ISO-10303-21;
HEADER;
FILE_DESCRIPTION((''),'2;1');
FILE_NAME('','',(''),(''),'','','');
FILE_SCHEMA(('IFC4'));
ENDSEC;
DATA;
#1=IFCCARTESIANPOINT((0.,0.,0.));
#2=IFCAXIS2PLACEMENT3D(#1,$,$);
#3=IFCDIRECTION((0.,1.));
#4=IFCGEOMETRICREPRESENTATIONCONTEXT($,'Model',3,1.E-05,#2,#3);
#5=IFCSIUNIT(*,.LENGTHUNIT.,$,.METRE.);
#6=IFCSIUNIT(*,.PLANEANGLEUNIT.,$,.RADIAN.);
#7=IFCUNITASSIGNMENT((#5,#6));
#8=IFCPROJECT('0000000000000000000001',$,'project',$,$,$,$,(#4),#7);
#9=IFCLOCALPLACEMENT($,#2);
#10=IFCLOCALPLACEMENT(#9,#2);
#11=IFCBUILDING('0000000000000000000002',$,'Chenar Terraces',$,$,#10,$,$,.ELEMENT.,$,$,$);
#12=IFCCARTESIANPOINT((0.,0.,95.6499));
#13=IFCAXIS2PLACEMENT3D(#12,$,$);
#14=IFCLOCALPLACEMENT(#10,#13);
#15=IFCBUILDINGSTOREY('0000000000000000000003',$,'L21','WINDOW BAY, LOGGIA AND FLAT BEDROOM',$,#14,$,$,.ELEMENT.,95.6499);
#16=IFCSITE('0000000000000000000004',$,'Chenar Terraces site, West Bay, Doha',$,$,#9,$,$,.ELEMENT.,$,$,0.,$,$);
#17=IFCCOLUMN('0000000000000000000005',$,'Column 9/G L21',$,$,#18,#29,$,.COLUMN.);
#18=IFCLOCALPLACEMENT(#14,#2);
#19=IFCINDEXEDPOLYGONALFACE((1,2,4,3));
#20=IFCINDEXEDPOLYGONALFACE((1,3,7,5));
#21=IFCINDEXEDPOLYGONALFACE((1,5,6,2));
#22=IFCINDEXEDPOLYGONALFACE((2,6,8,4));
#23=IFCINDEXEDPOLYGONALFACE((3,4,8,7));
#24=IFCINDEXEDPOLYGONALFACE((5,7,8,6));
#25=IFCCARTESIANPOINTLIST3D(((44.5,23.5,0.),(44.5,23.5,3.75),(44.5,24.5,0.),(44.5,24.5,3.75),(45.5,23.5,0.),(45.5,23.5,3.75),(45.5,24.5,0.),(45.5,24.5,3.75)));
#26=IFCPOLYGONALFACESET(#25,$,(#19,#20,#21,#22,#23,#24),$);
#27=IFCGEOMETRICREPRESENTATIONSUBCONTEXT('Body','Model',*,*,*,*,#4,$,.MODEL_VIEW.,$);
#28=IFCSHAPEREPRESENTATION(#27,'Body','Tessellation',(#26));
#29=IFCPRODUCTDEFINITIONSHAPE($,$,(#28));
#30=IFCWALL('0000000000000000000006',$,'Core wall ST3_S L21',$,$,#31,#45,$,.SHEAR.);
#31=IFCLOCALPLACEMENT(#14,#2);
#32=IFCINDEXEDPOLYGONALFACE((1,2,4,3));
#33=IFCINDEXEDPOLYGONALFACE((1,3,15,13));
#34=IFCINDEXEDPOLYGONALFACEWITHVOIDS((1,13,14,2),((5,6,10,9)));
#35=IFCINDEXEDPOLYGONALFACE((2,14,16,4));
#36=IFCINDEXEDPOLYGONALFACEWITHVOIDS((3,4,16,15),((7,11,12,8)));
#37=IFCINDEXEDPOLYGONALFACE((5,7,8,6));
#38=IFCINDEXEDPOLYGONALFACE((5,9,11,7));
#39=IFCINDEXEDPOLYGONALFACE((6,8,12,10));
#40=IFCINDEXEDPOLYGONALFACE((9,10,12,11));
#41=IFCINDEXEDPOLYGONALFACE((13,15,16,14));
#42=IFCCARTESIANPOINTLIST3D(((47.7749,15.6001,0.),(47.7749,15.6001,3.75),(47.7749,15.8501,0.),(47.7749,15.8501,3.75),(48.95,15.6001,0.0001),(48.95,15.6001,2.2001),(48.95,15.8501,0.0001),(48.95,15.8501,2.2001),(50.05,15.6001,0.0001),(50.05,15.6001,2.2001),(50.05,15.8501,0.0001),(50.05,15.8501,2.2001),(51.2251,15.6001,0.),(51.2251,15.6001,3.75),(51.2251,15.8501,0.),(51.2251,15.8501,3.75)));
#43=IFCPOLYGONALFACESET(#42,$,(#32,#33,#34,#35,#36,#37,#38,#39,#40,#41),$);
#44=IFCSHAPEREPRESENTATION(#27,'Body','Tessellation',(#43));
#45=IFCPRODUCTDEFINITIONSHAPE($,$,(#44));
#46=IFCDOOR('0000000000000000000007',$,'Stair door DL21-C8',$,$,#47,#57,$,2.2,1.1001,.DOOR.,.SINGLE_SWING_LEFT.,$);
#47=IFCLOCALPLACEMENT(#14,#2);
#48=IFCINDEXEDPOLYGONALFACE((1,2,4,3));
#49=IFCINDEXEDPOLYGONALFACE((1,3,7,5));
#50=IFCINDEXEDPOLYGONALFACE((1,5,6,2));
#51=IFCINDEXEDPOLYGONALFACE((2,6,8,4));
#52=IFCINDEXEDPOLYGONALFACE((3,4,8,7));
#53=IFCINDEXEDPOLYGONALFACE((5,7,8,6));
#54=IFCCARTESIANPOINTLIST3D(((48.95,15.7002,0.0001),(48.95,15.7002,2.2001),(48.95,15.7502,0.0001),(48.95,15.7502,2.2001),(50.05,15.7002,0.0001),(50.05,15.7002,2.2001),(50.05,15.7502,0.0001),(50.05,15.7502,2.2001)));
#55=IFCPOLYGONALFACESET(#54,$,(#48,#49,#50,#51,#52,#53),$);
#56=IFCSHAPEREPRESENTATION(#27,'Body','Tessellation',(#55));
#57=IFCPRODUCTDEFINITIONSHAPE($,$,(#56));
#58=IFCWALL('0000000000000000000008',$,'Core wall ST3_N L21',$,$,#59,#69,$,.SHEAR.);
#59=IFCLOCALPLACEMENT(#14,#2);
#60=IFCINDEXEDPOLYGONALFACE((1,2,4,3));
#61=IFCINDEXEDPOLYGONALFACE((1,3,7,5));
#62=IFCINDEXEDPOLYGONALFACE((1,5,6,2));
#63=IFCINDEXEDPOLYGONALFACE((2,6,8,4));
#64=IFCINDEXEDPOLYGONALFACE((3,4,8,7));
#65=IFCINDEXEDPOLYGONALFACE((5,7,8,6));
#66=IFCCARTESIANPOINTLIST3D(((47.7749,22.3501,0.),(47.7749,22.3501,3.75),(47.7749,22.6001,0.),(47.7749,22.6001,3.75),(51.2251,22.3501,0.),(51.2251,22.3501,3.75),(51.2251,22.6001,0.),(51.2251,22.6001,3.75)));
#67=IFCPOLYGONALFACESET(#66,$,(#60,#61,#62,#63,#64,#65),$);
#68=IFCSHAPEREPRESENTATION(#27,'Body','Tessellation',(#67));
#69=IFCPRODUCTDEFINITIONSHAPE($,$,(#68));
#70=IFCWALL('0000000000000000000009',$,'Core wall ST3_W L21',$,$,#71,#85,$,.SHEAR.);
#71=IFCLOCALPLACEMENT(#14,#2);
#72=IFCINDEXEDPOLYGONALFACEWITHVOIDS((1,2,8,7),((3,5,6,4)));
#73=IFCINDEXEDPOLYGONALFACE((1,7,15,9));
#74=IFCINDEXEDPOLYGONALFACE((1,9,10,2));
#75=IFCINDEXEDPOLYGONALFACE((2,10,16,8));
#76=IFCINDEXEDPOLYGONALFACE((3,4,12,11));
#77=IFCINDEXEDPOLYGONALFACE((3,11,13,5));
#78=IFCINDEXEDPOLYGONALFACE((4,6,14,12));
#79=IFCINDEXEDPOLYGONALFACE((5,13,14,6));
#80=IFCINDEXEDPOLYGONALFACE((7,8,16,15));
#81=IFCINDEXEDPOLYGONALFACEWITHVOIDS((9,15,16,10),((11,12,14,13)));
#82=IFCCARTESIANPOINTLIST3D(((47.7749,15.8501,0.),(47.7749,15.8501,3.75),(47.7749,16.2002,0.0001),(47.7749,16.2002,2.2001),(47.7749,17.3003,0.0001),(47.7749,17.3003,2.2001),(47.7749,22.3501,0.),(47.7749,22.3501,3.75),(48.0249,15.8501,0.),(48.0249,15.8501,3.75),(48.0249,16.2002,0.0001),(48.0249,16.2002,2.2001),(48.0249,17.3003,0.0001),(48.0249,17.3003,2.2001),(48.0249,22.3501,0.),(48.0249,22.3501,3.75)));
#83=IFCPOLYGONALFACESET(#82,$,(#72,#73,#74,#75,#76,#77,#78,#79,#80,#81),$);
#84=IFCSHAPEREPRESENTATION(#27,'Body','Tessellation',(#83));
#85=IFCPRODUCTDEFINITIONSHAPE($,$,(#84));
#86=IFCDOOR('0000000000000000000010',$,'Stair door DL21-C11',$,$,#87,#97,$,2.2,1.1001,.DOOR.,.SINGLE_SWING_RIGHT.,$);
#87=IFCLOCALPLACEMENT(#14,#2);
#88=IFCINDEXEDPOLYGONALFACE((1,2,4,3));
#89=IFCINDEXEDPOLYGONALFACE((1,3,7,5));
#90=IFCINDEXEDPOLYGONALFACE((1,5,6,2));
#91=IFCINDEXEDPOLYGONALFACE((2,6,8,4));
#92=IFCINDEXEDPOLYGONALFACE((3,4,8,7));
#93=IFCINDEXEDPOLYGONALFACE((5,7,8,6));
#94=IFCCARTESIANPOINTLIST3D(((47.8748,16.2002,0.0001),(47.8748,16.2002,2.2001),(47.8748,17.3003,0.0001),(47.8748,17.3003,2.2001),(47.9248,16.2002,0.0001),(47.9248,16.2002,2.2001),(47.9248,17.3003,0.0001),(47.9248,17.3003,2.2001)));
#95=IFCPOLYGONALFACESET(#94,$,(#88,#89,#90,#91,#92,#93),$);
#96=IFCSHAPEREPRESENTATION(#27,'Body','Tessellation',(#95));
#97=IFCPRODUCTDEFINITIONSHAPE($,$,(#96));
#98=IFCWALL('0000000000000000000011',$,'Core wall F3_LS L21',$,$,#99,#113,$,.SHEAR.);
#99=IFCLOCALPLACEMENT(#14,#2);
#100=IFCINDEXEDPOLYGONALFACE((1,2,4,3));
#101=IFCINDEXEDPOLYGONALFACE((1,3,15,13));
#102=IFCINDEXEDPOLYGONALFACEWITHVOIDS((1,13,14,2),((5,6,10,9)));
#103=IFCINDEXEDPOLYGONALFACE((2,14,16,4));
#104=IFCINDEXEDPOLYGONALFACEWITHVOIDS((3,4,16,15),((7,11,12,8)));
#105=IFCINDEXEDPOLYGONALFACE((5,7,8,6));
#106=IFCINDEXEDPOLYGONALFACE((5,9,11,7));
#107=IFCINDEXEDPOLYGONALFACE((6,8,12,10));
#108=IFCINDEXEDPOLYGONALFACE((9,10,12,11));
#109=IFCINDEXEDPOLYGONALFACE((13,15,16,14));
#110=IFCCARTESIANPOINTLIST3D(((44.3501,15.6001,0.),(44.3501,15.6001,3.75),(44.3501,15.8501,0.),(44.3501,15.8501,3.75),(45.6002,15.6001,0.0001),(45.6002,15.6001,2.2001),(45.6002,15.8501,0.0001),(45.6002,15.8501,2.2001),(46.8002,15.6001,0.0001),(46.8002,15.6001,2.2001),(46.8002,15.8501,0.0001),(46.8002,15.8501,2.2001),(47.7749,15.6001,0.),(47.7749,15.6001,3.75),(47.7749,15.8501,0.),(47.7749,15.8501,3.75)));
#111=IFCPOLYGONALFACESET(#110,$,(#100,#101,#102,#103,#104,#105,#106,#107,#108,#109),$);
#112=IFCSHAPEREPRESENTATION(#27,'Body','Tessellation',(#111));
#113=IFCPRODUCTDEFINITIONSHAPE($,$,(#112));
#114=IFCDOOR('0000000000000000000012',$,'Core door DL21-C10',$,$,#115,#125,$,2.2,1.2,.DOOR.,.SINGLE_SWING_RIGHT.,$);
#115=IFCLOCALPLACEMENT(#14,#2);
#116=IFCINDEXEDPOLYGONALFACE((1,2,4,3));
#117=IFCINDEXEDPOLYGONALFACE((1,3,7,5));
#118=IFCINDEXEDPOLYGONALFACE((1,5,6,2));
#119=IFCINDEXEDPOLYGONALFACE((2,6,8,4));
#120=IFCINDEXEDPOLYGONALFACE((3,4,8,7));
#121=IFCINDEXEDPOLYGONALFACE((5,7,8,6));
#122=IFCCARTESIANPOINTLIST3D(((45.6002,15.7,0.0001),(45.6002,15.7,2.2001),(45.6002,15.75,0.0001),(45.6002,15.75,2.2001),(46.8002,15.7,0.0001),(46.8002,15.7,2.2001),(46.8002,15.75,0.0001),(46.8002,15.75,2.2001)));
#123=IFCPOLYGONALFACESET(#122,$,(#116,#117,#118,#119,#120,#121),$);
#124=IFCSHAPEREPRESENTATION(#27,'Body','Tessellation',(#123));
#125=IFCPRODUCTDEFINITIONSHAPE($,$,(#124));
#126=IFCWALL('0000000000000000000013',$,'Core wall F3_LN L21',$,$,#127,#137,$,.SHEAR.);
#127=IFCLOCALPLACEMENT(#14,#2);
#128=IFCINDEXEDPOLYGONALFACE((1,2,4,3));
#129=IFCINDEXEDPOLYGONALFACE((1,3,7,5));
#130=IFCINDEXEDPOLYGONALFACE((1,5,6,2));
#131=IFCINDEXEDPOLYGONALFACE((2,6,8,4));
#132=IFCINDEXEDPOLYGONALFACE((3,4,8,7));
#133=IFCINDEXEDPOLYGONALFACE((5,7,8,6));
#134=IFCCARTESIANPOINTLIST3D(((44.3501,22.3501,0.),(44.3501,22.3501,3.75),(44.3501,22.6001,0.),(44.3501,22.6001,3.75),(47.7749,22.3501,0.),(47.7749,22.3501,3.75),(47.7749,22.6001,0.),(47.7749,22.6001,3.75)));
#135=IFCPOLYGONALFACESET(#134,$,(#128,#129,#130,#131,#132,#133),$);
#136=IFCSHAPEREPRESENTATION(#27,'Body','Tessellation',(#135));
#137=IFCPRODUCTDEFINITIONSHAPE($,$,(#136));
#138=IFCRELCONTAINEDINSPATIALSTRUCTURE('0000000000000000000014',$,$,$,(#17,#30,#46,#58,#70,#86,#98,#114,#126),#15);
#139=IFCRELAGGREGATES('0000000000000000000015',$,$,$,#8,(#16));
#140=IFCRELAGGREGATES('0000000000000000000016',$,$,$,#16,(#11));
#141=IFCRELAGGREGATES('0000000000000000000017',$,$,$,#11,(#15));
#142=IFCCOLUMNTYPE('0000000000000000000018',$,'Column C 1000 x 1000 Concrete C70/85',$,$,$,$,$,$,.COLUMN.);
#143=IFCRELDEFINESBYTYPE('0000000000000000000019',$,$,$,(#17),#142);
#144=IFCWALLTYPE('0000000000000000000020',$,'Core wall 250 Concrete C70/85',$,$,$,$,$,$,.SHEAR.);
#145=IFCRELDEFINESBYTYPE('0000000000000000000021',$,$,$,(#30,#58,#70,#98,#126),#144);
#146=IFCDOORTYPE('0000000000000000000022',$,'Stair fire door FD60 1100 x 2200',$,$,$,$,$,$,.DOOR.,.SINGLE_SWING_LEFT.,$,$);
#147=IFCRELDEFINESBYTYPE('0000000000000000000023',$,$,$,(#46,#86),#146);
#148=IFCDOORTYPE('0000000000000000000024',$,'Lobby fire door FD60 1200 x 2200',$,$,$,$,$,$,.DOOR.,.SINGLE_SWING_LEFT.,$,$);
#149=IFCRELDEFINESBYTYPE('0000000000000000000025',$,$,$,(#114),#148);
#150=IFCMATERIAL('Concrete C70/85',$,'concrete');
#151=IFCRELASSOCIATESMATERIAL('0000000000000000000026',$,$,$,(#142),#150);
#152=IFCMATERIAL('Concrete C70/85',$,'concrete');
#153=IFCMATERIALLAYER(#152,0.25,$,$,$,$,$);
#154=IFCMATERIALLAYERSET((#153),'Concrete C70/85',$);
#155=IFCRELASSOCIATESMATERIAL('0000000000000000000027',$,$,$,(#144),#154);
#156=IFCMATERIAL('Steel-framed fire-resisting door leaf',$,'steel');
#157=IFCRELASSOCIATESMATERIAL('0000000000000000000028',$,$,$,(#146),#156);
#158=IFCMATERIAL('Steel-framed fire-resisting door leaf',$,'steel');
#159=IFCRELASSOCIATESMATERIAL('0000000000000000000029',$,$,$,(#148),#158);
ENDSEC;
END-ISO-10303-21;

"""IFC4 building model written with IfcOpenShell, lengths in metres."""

from ifc_helpers import new_model, si_unit, direction, frame, frame_2d, origin, origin_2d, place, context, subcontext, project, spatial, rectangle, extrude, material, layer, layer_set, material_profile, profile_set, type_object, element, fill, save


model = new_model("IFC4")

# Units and contexts
model_context = context("Model", 3, precision=1e-05, world=origin(), true_north=direction((0.0, 1.0)))
body_context = subcontext(model_context, "Body", "Model", "MODEL_VIEW")
ifc_project = project(units=[si_unit("LENGTHUNIT", "METRE"), si_unit("PLANEANGLEUNIT", "RADIAN")], contexts=[model_context])

# Site, building, storey
site_placement = place(None, origin())
site = spatial("IfcSite", under=ifc_project, at=site_placement, Name="Chenar Terraces site, West Bay, Doha", CompositionType="ELEMENT", RefElevation=0.0)
building_placement = place(site_placement, origin())
building = spatial("IfcBuilding", under=site, at=building_placement, Name="Chenar Terraces", CompositionType="ELEMENT")
storey_placement = place(building_placement, frame((0.0, 0.0, 95.6499)))
storey = spatial("IfcBuildingStorey", under=building, at=storey_placement, Name="L21", Description="WINDOW BAY, LOGGIA AND FLAT BEDROOM", CompositionType="ELEMENT", Elevation=95.6499)

# Column
ifc_material_1 = material(Name="Concrete C70/85", Category="concrete")
ifc_material_profile = material_profile(ifc_material_1, rectangle(XDim=1.0, YDim=1.0, at=origin_2d()), Name="C 1000 x 1000")
ifc_profile_set = profile_set([ifc_material_profile], Name="Concrete C70/85")
column_type = type_object("IfcColumnType", Name="Column C 1000 x 1000 Concrete C70/85", PredefinedType="COLUMN", material=ifc_profile_set)
column_placement = place(storey_placement, frame((45.0, 24.0, 0.0), z_axis=(0.0, 0.0, 1.0), x_axis=(1.0, 0.0, 0.0)))
element("IfcColumn", 1, at=column_placement, inside=storey, type_object=column_type, Name="Column 9/G L21", PredefinedType="COLUMN", context=body_context, shape_type="SweptSolid", body=[
    extrude(rectangle(XDim=1.0, YDim=1.0, at=origin_2d()), origin(), (0.0, 0.0, 1.0), 3.75),
])

# Wall, opening, door
ifc_material_2 = material(Name="Concrete C70/85", Category="concrete")
ifc_layer_1 = layer(ifc_material_2, 0.25)
ifc_layer_set_1 = layer_set([ifc_layer_1], Name="Concrete C70/85")
wall_type_1 = type_object("IfcWallType", Name="Core wall 250 Concrete C70/85", PredefinedType="SHEAR", material=ifc_layer_set_1)
wall_1_placement = place(storey_placement, frame((47.7749, 15.7251, 0.0), z_axis=(0.0, 0.0, 1.0), x_axis=(1.0, 0.0, 0.0)))
wall_1 = element("IfcWall", 2, at=wall_1_placement, inside=storey, type_object=wall_type_1, Name="Core wall ST3_S L21", PredefinedType="SHEAR", context=body_context, shape_type="SweptSolid", body=[
    extrude(rectangle(XDim=3.4502, YDim=0.25, at=frame_2d((1.7251, 0.0))), origin(), (0.0, 0.0, 1.0), 3.75),
])
opening_1_placement = place(wall_1_placement, frame((1.175, 0.0, 0.0)))
opening_1 = element("IfcOpeningElement", 3, at=opening_1_placement, cuts=wall_1, PredefinedType="OPENING", context=body_context, shape_type="SweptSolid", body=[
    extrude(rectangle(XDim=1.1001, YDim=2.2, at=frame_2d((0.55, 1.1001))), frame((0.0, 0.135, 0.0), z_axis=(0.0, -1.0, 0.0), x_axis=(1.0, 0.0, 0.0)), (0.0, 0.0, 1.0), 0.27),
])
ifc_material_3 = material(Name="Steel-framed fire-resisting door leaf", Category="steel")
door_type_1 = type_object("IfcDoorType", Name="Stair fire door FD60 1100 x 2200", OperationType="SINGLE_SWING_LEFT", PredefinedType="DOOR", material=ifc_material_3)
door_1_placement = place(opening_1_placement, frame((1.1001, 0.0, 0.0), z_axis=(0.0, 0.0, 1.0), x_axis=(-1.0, 0.0, 0.0)))
door_1 = element("IfcDoor", 4, at=door_1_placement, inside=storey, type_object=door_type_1, Name="Stair door DL21-C8", OperationType="SINGLE_SWING_LEFT", OverallHeight=2.2, OverallWidth=1.1001, PredefinedType="DOOR", context=body_context, shape_type="SweptSolid", body=[
    extrude(rectangle(XDim=1.1001, YDim=2.2, at=frame_2d((0.55, 1.1001))), frame((0.0, 0.0249, 0.0), z_axis=(0.0, -1.0, 0.0), x_axis=(1.0, 0.0, 0.0)), (0.0, 0.0, 1.0), 0.05),
])
fill(opening_1, door_1)

# Wall
wall_2_placement = place(storey_placement, frame((47.7749, 22.4751, 0.0), z_axis=(0.0, 0.0, 1.0), x_axis=(1.0, 0.0, 0.0)))
element("IfcWall", 5, at=wall_2_placement, inside=storey, type_object=wall_type_1, Name="Core wall ST3_N L21", PredefinedType="SHEAR", context=body_context, shape_type="SweptSolid", body=[
    extrude(rectangle(XDim=3.4502, YDim=0.25, at=frame_2d((1.7251, 0.0))), origin(), (0.0, 0.0, 1.0), 3.75),
])

# Walls, openings, doors
wall_3_placement = place(storey_placement, frame((47.8999, 15.8501, 0.0), z_axis=(0.0, 0.0, 1.0), x_axis=(0.0, 1.0, 0.0)))
wall_3 = element("IfcWall", 6, at=wall_3_placement, inside=storey, type_object=wall_type_1, Name="Core wall ST3_W L21", PredefinedType="SHEAR", context=body_context, shape_type="SweptSolid", body=[
    extrude(rectangle(XDim=6.5, YDim=0.25, at=frame_2d((3.25, 0.0))), origin(), (0.0, 0.0, 1.0), 3.75),
])
opening_2_placement = place(wall_3_placement, frame((0.3501, 0.0, 0.0)))
opening_2 = element("IfcOpeningElement", 7, at=opening_2_placement, cuts=wall_3, PredefinedType="OPENING", context=body_context, shape_type="SweptSolid", body=[
    extrude(rectangle(XDim=1.1001, YDim=2.2, at=frame_2d((0.55, 1.1001))), frame((0.0, 0.135, 0.0), z_axis=(0.0, -1.0, 0.0), x_axis=(1.0, 0.0, 0.0)), (0.0, 0.0, 1.0), 0.27),
])
door_2_placement = place(opening_2_placement, frame((1.1001, 0.0, 0.0), z_axis=(0.0, 0.0, 1.0), x_axis=(-1.0, 0.0, 0.0)))
door_2 = element("IfcDoor", 8, at=door_2_placement, inside=storey, type_object=door_type_1, Name="Stair door DL21-C11", OperationType="SINGLE_SWING_RIGHT", OverallHeight=2.2, OverallWidth=1.1001, PredefinedType="DOOR", context=body_context, shape_type="SweptSolid", body=[
    extrude(rectangle(XDim=1.1001, YDim=2.2, at=frame_2d((0.55, 1.1001))), frame((0.0, 0.0249, 0.0), z_axis=(0.0, -1.0, 0.0), x_axis=(1.0, 0.0, 0.0)), (0.0, 0.0, 1.0), 0.05),
])
fill(opening_2, door_2)
wall_4_placement = place(storey_placement, frame((44.3501, 15.7251, 0.0), z_axis=(0.0, 0.0, 1.0), x_axis=(1.0, 0.0, 0.0)))
wall_4 = element("IfcWall", 9, at=wall_4_placement, inside=storey, type_object=wall_type_1, Name="Core wall F3_LS L21", PredefinedType="SHEAR", context=body_context, shape_type="SweptSolid", body=[
    extrude(rectangle(XDim=3.4248, YDim=0.25, at=frame_2d((1.7124, 0.0))), origin(), (0.0, 0.0, 1.0), 3.75),
])
opening_3_placement = place(wall_4_placement, frame((1.25, 0.0, 0.0)))
opening_3 = element("IfcOpeningElement", 10, at=opening_3_placement, cuts=wall_4, PredefinedType="OPENING", context=body_context, shape_type="SweptSolid", body=[
    extrude(rectangle(XDim=1.2, YDim=2.2, at=frame_2d((0.6001, 1.1001))), frame((0.0, 0.135, 0.0), z_axis=(0.0, -1.0, 0.0), x_axis=(1.0, 0.0, 0.0)), (0.0, 0.0, 1.0), 0.27),
])
ifc_material_4 = material(Name="Steel-framed fire-resisting door leaf", Category="steel")
door_type_2 = type_object("IfcDoorType", Name="Lobby fire door FD60 1200 x 2200", OperationType="SINGLE_SWING_LEFT", PredefinedType="DOOR", material=ifc_material_4)
door_3_placement = place(opening_3_placement, origin())
door_3 = element("IfcDoor", 11, at=door_3_placement, inside=storey, type_object=door_type_2, Name="Core door DL21-C10", OperationType="SINGLE_SWING_RIGHT", OverallHeight=2.2, OverallWidth=1.2, PredefinedType="DOOR", context=body_context, shape_type="SweptSolid", body=[
    extrude(rectangle(XDim=1.2, YDim=2.2, at=frame_2d((0.6001, 1.1001))), frame((0.0, 0.0249, 0.0), z_axis=(0.0, -1.0, 0.0), x_axis=(1.0, 0.0, 0.0)), (0.0, 0.0, 1.0), 0.05),
])
fill(opening_3, door_3)

# Wall
wall_5_placement = place(storey_placement, frame((44.3501, 22.4751, 0.0), z_axis=(0.0, 0.0, 1.0), x_axis=(1.0, 0.0, 0.0)))
element("IfcWall", 12, at=wall_5_placement, inside=storey, type_object=wall_type_1, Name="Core wall F3_LN L21", PredefinedType="SHEAR", context=body_context, shape_type="SweptSolid", body=[
    extrude(rectangle(XDim=3.4248, YDim=0.25, at=frame_2d((1.7124, 0.0))), origin(), (0.0, 0.0, 1.0), 3.75),
])

save(model, "model.ifc")
